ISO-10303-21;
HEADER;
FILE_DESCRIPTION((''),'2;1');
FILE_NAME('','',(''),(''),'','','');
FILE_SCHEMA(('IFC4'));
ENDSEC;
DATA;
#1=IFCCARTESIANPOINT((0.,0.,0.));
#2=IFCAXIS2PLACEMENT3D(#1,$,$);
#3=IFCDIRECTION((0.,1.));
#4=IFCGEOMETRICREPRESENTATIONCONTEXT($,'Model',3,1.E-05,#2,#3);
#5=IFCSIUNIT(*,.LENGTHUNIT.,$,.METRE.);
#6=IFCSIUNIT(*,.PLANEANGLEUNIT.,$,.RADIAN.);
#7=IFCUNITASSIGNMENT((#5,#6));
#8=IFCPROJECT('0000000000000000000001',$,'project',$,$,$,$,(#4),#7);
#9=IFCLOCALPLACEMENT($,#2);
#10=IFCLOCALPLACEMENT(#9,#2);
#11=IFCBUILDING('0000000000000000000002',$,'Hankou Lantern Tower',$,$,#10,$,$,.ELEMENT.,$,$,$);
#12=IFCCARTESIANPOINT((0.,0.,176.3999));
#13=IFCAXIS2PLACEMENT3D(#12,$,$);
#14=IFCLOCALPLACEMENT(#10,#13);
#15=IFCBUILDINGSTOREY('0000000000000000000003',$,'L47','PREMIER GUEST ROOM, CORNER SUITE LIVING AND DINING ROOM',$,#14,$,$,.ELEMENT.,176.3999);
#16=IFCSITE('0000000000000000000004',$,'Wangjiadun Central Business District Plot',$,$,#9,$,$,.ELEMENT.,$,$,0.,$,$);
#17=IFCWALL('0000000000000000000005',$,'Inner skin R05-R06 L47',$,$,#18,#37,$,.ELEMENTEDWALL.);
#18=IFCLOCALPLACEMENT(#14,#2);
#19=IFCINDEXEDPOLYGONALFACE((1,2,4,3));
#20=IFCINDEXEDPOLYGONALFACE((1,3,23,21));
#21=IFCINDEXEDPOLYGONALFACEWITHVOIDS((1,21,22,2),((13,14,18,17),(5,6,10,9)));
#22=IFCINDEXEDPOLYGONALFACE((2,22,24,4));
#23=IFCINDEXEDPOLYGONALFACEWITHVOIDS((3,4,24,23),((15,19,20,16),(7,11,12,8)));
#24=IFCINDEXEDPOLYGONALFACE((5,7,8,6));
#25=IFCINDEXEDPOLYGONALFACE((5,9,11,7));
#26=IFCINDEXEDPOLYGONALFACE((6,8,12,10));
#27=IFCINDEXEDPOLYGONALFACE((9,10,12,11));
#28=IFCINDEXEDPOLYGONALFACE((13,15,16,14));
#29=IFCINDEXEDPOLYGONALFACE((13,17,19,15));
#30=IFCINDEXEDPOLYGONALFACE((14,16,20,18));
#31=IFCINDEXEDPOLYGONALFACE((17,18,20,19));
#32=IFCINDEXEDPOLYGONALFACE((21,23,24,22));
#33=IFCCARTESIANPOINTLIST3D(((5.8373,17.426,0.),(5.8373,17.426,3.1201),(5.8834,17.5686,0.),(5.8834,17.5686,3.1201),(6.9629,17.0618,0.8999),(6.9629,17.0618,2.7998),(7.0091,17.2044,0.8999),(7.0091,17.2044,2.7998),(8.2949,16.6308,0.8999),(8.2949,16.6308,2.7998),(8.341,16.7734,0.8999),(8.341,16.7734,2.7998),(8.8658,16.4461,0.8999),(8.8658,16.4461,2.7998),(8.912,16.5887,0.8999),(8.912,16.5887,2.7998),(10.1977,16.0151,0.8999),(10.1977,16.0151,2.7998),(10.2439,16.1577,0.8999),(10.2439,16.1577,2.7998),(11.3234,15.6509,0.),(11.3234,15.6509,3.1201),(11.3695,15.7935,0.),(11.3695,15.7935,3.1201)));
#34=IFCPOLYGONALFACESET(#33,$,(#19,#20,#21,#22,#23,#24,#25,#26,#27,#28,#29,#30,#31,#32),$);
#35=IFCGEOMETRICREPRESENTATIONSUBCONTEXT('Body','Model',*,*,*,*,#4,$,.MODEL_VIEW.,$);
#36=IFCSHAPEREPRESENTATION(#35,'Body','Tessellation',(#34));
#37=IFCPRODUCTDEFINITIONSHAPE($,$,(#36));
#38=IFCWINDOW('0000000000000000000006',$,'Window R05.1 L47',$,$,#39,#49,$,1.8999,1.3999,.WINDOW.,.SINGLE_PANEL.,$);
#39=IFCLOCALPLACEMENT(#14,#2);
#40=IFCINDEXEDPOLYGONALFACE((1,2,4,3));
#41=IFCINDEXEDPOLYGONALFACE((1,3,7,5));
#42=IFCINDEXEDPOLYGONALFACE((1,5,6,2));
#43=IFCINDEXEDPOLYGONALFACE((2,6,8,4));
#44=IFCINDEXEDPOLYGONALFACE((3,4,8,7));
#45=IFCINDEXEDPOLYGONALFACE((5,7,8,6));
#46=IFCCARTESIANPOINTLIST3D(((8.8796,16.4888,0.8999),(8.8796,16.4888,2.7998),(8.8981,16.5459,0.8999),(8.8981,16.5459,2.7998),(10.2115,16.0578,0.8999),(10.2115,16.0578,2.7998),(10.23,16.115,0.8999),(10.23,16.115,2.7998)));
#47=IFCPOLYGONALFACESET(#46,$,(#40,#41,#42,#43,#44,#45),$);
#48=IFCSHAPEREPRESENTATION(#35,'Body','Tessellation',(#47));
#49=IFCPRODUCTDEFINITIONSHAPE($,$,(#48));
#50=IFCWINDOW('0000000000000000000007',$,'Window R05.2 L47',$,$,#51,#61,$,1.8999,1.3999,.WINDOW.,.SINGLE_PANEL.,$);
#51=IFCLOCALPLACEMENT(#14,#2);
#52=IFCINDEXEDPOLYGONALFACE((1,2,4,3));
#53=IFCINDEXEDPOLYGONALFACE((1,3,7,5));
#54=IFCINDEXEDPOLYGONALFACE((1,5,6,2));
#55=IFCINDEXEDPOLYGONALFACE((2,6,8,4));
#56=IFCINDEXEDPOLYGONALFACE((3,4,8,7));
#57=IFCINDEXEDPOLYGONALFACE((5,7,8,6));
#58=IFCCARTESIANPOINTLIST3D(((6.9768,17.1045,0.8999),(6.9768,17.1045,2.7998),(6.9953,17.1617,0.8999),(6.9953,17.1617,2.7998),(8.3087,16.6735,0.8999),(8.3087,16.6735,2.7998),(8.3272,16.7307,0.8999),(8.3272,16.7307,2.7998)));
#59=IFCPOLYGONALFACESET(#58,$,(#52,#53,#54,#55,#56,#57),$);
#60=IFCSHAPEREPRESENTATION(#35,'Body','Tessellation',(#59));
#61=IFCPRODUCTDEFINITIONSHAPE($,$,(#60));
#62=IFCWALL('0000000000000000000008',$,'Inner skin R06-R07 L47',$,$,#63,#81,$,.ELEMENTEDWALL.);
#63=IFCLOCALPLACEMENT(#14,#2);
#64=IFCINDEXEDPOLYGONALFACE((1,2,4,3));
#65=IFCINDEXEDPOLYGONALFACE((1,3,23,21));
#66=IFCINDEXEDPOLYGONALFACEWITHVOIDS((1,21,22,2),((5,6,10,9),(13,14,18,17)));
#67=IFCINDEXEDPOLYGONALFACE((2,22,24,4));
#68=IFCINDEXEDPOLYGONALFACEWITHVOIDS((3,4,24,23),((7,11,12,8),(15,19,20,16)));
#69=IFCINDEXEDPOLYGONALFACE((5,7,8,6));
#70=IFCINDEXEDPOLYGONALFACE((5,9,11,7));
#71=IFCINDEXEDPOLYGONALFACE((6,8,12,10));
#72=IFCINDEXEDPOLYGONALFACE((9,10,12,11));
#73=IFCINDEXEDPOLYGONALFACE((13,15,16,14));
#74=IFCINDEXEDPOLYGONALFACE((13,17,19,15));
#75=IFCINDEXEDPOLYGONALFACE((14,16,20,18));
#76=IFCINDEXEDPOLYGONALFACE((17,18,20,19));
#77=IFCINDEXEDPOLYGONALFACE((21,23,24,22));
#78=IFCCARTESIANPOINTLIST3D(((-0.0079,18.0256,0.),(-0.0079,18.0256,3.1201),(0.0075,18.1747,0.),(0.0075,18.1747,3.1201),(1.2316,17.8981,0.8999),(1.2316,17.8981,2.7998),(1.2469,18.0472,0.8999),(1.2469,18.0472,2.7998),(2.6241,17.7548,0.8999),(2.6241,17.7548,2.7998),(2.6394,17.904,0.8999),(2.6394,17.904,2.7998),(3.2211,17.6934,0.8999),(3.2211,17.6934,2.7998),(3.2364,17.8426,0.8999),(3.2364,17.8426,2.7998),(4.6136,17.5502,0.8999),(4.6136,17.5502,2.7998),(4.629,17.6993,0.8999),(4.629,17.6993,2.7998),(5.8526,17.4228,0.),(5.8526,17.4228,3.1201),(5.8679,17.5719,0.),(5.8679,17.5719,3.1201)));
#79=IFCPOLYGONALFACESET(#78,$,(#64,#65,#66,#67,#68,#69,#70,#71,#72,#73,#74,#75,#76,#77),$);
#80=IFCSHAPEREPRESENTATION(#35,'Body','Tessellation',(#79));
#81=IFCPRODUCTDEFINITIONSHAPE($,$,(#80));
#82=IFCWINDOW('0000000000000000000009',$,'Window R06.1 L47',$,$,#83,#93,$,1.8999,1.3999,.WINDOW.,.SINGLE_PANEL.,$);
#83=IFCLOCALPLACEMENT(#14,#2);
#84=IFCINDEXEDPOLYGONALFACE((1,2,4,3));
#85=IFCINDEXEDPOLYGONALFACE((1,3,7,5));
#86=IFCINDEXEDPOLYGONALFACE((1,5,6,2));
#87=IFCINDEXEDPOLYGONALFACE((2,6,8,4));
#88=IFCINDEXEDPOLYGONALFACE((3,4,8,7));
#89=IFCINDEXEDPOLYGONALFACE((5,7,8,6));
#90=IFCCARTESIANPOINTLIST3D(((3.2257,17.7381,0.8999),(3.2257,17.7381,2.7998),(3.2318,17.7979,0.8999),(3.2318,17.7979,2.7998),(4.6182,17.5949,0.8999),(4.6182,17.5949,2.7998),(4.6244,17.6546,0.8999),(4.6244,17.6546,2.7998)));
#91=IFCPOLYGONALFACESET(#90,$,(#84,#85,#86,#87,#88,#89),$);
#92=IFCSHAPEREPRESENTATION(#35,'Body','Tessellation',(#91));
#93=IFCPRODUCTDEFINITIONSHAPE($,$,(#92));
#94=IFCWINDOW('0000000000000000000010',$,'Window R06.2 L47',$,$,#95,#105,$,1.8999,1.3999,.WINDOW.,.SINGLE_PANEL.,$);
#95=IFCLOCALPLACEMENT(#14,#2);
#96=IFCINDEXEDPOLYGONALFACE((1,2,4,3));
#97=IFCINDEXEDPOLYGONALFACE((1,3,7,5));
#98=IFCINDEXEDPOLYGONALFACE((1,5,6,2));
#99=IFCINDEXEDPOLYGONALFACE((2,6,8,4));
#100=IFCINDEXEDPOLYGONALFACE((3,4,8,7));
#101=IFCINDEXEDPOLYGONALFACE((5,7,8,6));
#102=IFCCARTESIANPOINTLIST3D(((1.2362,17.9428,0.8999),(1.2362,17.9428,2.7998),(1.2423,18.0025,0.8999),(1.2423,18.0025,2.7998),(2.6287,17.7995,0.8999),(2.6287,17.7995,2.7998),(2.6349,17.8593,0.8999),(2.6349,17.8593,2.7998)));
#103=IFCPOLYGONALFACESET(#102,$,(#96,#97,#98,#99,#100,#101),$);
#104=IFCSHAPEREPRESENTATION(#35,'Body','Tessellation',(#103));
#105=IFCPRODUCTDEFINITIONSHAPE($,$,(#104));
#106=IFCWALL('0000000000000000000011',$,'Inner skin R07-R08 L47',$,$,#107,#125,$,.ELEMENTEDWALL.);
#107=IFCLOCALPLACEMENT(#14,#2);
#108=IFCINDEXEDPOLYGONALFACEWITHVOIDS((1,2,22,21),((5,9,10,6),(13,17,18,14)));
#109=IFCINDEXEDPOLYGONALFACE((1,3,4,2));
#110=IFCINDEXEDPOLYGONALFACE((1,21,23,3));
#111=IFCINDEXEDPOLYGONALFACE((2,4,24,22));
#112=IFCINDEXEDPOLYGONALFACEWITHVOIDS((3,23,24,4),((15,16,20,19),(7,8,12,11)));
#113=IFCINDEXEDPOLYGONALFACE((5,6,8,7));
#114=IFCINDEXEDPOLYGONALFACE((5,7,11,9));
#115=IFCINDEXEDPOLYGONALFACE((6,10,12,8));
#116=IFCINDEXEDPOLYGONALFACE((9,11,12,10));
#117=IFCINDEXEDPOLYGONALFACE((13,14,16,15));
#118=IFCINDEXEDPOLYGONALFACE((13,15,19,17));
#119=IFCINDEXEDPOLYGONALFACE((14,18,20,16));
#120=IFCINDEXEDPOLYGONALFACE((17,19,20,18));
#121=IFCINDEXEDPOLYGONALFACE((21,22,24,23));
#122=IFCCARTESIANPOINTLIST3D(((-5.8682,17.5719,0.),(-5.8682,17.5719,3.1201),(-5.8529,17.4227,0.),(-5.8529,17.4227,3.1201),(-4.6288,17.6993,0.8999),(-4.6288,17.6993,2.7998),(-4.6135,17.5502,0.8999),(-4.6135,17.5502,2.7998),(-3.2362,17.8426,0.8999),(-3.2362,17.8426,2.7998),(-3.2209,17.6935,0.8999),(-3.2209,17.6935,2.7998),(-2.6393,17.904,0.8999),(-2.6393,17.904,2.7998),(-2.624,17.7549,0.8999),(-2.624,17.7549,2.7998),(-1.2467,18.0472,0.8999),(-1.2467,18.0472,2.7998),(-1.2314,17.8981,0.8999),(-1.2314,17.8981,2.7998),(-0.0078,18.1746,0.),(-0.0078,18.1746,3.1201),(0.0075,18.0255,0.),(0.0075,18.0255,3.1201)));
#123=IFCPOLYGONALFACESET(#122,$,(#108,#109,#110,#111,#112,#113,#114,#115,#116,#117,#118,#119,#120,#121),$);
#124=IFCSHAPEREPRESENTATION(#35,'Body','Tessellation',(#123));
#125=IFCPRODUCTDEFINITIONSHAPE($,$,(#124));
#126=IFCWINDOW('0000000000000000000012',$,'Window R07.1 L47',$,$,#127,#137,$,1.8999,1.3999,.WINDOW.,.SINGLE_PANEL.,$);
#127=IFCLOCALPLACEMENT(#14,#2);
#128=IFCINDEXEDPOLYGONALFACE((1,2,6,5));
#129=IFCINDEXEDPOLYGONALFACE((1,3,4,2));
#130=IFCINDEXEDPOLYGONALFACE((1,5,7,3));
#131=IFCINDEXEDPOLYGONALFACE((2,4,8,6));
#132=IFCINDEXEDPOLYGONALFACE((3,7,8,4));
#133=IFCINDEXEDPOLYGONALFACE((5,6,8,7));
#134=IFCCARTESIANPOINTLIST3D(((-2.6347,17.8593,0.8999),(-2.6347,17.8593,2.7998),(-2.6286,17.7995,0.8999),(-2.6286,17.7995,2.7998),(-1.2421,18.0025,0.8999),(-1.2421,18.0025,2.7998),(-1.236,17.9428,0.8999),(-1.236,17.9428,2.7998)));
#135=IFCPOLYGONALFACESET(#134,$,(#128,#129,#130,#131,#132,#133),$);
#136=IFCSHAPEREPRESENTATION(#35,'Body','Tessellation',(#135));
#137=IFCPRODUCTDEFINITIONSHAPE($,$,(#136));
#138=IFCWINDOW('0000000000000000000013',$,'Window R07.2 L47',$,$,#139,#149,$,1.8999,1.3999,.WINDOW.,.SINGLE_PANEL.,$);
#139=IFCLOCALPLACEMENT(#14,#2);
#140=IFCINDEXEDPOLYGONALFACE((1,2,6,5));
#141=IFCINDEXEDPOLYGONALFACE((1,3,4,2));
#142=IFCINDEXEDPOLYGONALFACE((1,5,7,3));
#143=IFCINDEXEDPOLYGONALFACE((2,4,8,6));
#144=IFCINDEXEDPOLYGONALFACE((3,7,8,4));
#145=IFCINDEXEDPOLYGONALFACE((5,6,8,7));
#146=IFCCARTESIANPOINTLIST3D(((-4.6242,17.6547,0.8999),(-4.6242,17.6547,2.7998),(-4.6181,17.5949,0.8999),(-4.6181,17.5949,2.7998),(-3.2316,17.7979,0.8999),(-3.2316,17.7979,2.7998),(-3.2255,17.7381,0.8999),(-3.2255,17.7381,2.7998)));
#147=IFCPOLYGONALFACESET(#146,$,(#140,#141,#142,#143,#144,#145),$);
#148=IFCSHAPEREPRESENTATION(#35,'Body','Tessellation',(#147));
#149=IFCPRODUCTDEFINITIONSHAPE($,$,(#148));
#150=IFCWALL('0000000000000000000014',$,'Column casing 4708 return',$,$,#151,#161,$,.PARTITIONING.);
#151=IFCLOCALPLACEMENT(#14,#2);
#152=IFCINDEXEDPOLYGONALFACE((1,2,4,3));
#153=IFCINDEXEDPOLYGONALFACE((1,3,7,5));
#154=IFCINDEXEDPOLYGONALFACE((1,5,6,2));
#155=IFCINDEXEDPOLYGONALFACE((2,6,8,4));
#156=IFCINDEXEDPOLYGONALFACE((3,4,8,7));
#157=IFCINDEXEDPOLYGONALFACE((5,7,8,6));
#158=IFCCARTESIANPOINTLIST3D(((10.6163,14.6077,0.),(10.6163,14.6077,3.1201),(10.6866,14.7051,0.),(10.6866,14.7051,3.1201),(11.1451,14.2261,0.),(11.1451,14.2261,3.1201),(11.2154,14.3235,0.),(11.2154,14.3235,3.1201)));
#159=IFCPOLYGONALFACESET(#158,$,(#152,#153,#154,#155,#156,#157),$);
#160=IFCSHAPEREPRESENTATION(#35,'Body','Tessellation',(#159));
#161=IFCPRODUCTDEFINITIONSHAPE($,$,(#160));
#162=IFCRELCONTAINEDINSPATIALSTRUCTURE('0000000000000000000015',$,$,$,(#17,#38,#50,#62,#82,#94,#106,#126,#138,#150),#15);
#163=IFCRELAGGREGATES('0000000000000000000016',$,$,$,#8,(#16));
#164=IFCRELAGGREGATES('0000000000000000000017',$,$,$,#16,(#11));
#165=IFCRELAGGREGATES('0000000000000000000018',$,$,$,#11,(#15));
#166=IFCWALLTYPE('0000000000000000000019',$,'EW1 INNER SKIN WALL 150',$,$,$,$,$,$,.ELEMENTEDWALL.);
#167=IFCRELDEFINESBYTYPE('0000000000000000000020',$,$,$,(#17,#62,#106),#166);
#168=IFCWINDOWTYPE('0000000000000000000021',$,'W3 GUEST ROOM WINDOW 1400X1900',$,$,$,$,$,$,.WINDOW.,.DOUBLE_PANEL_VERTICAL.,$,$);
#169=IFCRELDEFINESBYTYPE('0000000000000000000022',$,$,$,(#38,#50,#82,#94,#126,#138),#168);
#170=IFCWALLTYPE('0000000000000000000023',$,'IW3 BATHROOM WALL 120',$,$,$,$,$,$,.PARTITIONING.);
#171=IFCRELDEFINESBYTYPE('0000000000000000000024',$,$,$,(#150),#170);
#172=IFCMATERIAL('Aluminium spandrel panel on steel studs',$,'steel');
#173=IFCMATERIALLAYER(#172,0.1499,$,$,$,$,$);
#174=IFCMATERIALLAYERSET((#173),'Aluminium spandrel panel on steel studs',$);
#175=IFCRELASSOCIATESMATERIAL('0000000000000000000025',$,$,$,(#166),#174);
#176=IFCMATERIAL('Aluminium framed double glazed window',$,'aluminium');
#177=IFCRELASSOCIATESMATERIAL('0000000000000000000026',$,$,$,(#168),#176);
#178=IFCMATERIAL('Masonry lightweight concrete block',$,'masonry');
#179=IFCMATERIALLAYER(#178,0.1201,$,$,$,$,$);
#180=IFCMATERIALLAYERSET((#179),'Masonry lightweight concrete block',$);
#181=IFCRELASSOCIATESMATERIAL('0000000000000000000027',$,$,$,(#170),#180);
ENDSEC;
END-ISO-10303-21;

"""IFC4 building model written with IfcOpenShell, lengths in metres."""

from ifc_helpers import new_model, si_unit, direction, frame, frame_2d, origin, place, context, subcontext, project, spatial, rectangle, extrude, material, layer, layer_set, type_object, element, fill, save


model = new_model("IFC4")

# Units and contexts
model_context = context("Model", 3, precision=1e-05, world=origin(), true_north=direction((0.0, 1.0)))
body_context = subcontext(model_context, "Body", "Model", "MODEL_VIEW")
ifc_project = project(units=[si_unit("LENGTHUNIT", "METRE"), si_unit("PLANEANGLEUNIT", "RADIAN")], contexts=[model_context])

# Site, building, storey
site_placement = place(None, origin())
site = spatial("IfcSite", under=ifc_project, at=site_placement, Name="Wangjiadun Central Business District Plot", CompositionType="ELEMENT", RefElevation=0.0)
building_placement = place(site_placement, origin())
building = spatial("IfcBuilding", under=site, at=building_placement, Name="Hankou Lantern Tower", CompositionType="ELEMENT")
storey_placement = place(building_placement, frame((0.0, 0.0, 176.3999)))
storey = spatial("IfcBuildingStorey", under=building, at=storey_placement, Name="L47", Description="PREMIER GUEST ROOM, CORNER SUITE LIVING AND DINING ROOM", CompositionType="ELEMENT", Elevation=176.3999)

# Walls, openings, windows
ifc_material_1 = material(Name="Aluminium spandrel panel on steel studs", Category="steel")
ifc_layer_1 = layer(ifc_material_1, 0.1499)
ifc_layer_set_1 = layer_set([ifc_layer_1], Name="Aluminium spandrel panel on steel studs")
wall_type_1 = type_object("IfcWallType", Name="EW1 INNER SKIN WALL 150", PredefinedType="ELEMENTEDWALL", material=ifc_layer_set_1)
wall_1_placement = place(storey_placement, frame((11.3464, 15.7222, 0.0), z_axis=(0.0, 0.0, 1.0), x_axis=(-0.951432, 0.307857, 0.0)))
wall_1 = element("IfcWall", 1, at=wall_1_placement, inside=storey, type_object=wall_type_1, Name="Inner skin R05-R06 L47", PredefinedType="ELEMENTEDWALL", context=body_context, shape_type="SweptSolid", body=[
    extrude(rectangle(XDim=5.7661, YDim=0.1499, at=frame_2d((2.8831, 0.0))), origin(), (0.0, 0.0, 1.0), 3.1201),
])
opening_1_placement = place(wall_1_placement, frame((1.1831, 0.0, 0.8999)))
opening_1 = element("IfcOpeningElement", 2, at=opening_1_placement, cuts=wall_1, PredefinedType="OPENING", context=body_context, shape_type="SweptSolid", body=[
    extrude(rectangle(XDim=1.3999, YDim=1.8999, at=frame_2d((0.7, 0.95))), frame((0.0, 0.085, 0.0), z_axis=(0.0, -1.0, 0.0), x_axis=(1.0, 0.0, 0.0)), (0.0, 0.0, 1.0), 0.1699),
])
opening_2_placement = place(wall_1_placement, frame((3.1831, 0.0, 0.8999)))
opening_2 = element("IfcOpeningElement", 3, at=opening_2_placement, cuts=wall_1, PredefinedType="OPENING", context=body_context, shape_type="SweptSolid", body=[
    extrude(rectangle(XDim=1.3999, YDim=1.8999, at=frame_2d((0.7, 0.95))), frame((0.0, 0.085, 0.0), z_axis=(0.0, -1.0, 0.0), x_axis=(1.0, 0.0, 0.0)), (0.0, 0.0, 1.0), 0.1699),
])
ifc_material_2 = material(Name="Aluminium framed double glazed window", Category="aluminium")
window_type = type_object("IfcWindowType", Name="W3 GUEST ROOM WINDOW 1400X1900", PartitioningType="DOUBLE_PANEL_VERTICAL", PredefinedType="WINDOW", material=ifc_material_2)
window_1_placement = place(opening_1_placement, origin())
window_1 = element("IfcWindow", 4, at=window_1_placement, inside=storey, type_object=window_type, Name="Window R05.1 L47", OverallHeight=1.8999, OverallWidth=1.3999, PartitioningType="SINGLE_PANEL", PredefinedType="WINDOW", context=body_context, shape_type="SweptSolid", body=[
    extrude(rectangle(XDim=1.3999, YDim=1.8999, at=frame_2d((0.7, 0.95))), frame((0.0, 0.03, 0.0), z_axis=(0.0, -1.0, 0.0), x_axis=(1.0, 0.0, 0.0)), (0.0, 0.0, 1.0), 0.0601),
])
fill(opening_1, window_1)
window_2_placement = place(opening_2_placement, origin())
window_2 = element("IfcWindow", 5, at=window_2_placement, inside=storey, type_object=window_type, Name="Window R05.2 L47", OverallHeight=1.8999, OverallWidth=1.3999, PartitioningType="SINGLE_PANEL", PredefinedType="WINDOW", context=body_context, shape_type="SweptSolid", body=[
    extrude(rectangle(XDim=1.3999, YDim=1.8999, at=frame_2d((0.7, 0.95))), frame((0.0, 0.03, 0.0), z_axis=(0.0, -1.0, 0.0), x_axis=(1.0, 0.0, 0.0)), (0.0, 0.0, 1.0), 0.0601),
])
fill(opening_2, window_2)
wall_2_placement = place(storey_placement, frame((5.8604, 17.4973, 0.0), z_axis=(0.0, 0.0, 1.0), x_axis=(-0.994752, 0.102318, 0.0)))
wall_2 = element("IfcWall", 6, at=wall_2_placement, inside=storey, type_object=wall_type_1, Name="Inner skin R06-R07 L47", PredefinedType="ELEMENTEDWALL", context=body_context, shape_type="SweptSolid", body=[
    extrude(rectangle(XDim=5.8914, YDim=0.1499, at=frame_2d((2.9458, 0.0))), origin(), (0.0, 0.0, 1.0), 3.1201),
])
opening_3_placement = place(wall_2_placement, frame((1.2456, 0.0, 0.8999)))
opening_3 = element("IfcOpeningElement", 7, at=opening_3_placement, cuts=wall_2, PredefinedType="OPENING", context=body_context, shape_type="SweptSolid", body=[
    extrude(rectangle(XDim=1.3999, YDim=1.8999, at=frame_2d((0.7, 0.95))), frame((0.0, 0.085, 0.0), z_axis=(0.0, -1.0, 0.0), x_axis=(1.0, 0.0, 0.0)), (0.0, 0.0, 1.0), 0.1699),
])
opening_4_placement = place(wall_2_placement, frame((3.2456, 0.0, 0.8999)))
opening_4 = element("IfcOpeningElement", 8, at=opening_4_placement, cuts=wall_2, PredefinedType="OPENING", context=body_context, shape_type="SweptSolid", body=[
    extrude(rectangle(XDim=1.3999, YDim=1.8999, at=frame_2d((0.7, 0.95))), frame((0.0, 0.085, 0.0), z_axis=(0.0, -1.0, 0.0), x_axis=(1.0, 0.0, 0.0)), (0.0, 0.0, 1.0), 0.1699),
])
window_3_placement = place(opening_3_placement, origin())
window_3 = element("IfcWindow", 9, at=window_3_placement, inside=storey, type_object=window_type, Name="Window R06.1 L47", OverallHeight=1.8999, OverallWidth=1.3999, PartitioningType="SINGLE_PANEL", PredefinedType="WINDOW", context=body_context, shape_type="SweptSolid", body=[
    extrude(rectangle(XDim=1.3999, YDim=1.8999, at=frame_2d((0.7, 0.95))), frame((0.0, 0.03, 0.0), z_axis=(0.0, -1.0, 0.0), x_axis=(1.0, 0.0, 0.0)), (0.0, 0.0, 1.0), 0.0601),
])
fill(opening_3, window_3)
window_4_placement = place(opening_4_placement, origin())
window_4 = element("IfcWindow", 10, at=window_4_placement, inside=storey, type_object=window_type, Name="Window R06.2 L47", OverallHeight=1.8999, OverallWidth=1.3999, PartitioningType="SINGLE_PANEL", PredefinedType="WINDOW", context=body_context, shape_type="SweptSolid", body=[
    extrude(rectangle(XDim=1.3999, YDim=1.8999, at=frame_2d((0.7, 0.95))), frame((0.0, 0.03, 0.0), z_axis=(0.0, -1.0, 0.0), x_axis=(1.0, 0.0, 0.0)), (0.0, 0.0, 1.0), 0.0601),
])
fill(opening_4, window_4)
wall_3_placement = place(storey_placement, frame((0.0, 18.1001, 0.0), z_axis=(0.0, 0.0, 1.0), x_axis=(-0.994752, -0.102318, 0.0)))
wall_3 = element("IfcWall", 11, at=wall_3_placement, inside=storey, type_object=wall_type_1, Name="Inner skin R07-R08 L47", PredefinedType="ELEMENTEDWALL", context=body_context, shape_type="SweptSolid", body=[
    extrude(rectangle(XDim=5.8914, YDim=0.1499, at=frame_2d((2.9458, 0.0))), origin(), (0.0, 0.0, 1.0), 3.1201),
])
opening_5_placement = place(wall_3_placement, frame((1.2456, 0.0, 0.8999)))
opening_5 = element("IfcOpeningElement", 12, at=opening_5_placement, cuts=wall_3, PredefinedType="OPENING", context=body_context, shape_type="SweptSolid", body=[
    extrude(rectangle(XDim=1.3999, YDim=1.8999, at=frame_2d((0.7, 0.95))), frame((0.0, 0.085, 0.0), z_axis=(0.0, -1.0, 0.0), x_axis=(1.0, 0.0, 0.0)), (0.0, 0.0, 1.0), 0.1699),
])
opening_6_placement = place(wall_3_placement, frame((3.2456, 0.0, 0.8999)))
opening_6 = element("IfcOpeningElement", 13, at=opening_6_placement, cuts=wall_3, PredefinedType="OPENING", context=body_context, shape_type="SweptSolid", body=[
    extrude(rectangle(XDim=1.3999, YDim=1.8999, at=frame_2d((0.7, 0.95))), frame((0.0, 0.085, 0.0), z_axis=(0.0, -1.0, 0.0), x_axis=(1.0, 0.0, 0.0)), (0.0, 0.0, 1.0), 0.1699),
])
window_5_placement = place(opening_5_placement, origin())
window_5 = element("IfcWindow", 14, at=window_5_placement, inside=storey, type_object=window_type, Name="Window R07.1 L47", OverallHeight=1.8999, OverallWidth=1.3999, PartitioningType="SINGLE_PANEL", PredefinedType="WINDOW", context=body_context, shape_type="SweptSolid", body=[
    extrude(rectangle(XDim=1.3999, YDim=1.8999, at=frame_2d((0.7, 0.95))), frame((0.0, 0.03, 0.0), z_axis=(0.0, -1.0, 0.0), x_axis=(1.0, 0.0, 0.0)), (0.0, 0.0, 1.0), 0.0601),
])
fill(opening_5, window_5)
window_6_placement = place(opening_6_placement, origin())
window_6 = element("IfcWindow", 15, at=window_6_placement, inside=storey, type_object=window_type, Name="Window R07.2 L47", OverallHeight=1.8999, OverallWidth=1.3999, PartitioningType="SINGLE_PANEL", PredefinedType="WINDOW", context=body_context, shape_type="SweptSolid", body=[
    extrude(rectangle(XDim=1.3999, YDim=1.8999, at=frame_2d((0.7, 0.95))), frame((0.0, 0.03, 0.0), z_axis=(0.0, -1.0, 0.0), x_axis=(1.0, 0.0, 0.0)), (0.0, 0.0, 1.0), 0.0601),
])
fill(opening_6, window_6)

# Wall
ifc_material_3 = material(Name="Masonry lightweight concrete block", Category="masonry")
ifc_layer_2 = layer(ifc_material_3, 0.1201)
ifc_layer_set_2 = layer_set([ifc_layer_2], Name="Masonry lightweight concrete block")
wall_type_2 = type_object("IfcWallType", Name="IW3 BATHROOM WALL 120", PredefinedType="PARTITIONING", material=ifc_layer_set_2)
wall_4_placement = place(storey_placement, frame((10.6514, 14.6565, 0.0), z_axis=(0.0, 0.0, 1.0), x_axis=(0.810916, -0.585162, 0.0)))
element("IfcWall", 16, at=wall_4_placement, inside=storey, type_object=wall_type_2, Name="Column casing 4708 return", PredefinedType="PARTITIONING", context=body_context, shape_type="SweptSolid", body=[
    extrude(rectangle(XDim=0.6521, YDim=0.1201, at=frame_2d((0.3262, 0.0))), origin(), (0.0, 0.0, 1.0), 3.1201),
])

save(model, "model.ifc")
